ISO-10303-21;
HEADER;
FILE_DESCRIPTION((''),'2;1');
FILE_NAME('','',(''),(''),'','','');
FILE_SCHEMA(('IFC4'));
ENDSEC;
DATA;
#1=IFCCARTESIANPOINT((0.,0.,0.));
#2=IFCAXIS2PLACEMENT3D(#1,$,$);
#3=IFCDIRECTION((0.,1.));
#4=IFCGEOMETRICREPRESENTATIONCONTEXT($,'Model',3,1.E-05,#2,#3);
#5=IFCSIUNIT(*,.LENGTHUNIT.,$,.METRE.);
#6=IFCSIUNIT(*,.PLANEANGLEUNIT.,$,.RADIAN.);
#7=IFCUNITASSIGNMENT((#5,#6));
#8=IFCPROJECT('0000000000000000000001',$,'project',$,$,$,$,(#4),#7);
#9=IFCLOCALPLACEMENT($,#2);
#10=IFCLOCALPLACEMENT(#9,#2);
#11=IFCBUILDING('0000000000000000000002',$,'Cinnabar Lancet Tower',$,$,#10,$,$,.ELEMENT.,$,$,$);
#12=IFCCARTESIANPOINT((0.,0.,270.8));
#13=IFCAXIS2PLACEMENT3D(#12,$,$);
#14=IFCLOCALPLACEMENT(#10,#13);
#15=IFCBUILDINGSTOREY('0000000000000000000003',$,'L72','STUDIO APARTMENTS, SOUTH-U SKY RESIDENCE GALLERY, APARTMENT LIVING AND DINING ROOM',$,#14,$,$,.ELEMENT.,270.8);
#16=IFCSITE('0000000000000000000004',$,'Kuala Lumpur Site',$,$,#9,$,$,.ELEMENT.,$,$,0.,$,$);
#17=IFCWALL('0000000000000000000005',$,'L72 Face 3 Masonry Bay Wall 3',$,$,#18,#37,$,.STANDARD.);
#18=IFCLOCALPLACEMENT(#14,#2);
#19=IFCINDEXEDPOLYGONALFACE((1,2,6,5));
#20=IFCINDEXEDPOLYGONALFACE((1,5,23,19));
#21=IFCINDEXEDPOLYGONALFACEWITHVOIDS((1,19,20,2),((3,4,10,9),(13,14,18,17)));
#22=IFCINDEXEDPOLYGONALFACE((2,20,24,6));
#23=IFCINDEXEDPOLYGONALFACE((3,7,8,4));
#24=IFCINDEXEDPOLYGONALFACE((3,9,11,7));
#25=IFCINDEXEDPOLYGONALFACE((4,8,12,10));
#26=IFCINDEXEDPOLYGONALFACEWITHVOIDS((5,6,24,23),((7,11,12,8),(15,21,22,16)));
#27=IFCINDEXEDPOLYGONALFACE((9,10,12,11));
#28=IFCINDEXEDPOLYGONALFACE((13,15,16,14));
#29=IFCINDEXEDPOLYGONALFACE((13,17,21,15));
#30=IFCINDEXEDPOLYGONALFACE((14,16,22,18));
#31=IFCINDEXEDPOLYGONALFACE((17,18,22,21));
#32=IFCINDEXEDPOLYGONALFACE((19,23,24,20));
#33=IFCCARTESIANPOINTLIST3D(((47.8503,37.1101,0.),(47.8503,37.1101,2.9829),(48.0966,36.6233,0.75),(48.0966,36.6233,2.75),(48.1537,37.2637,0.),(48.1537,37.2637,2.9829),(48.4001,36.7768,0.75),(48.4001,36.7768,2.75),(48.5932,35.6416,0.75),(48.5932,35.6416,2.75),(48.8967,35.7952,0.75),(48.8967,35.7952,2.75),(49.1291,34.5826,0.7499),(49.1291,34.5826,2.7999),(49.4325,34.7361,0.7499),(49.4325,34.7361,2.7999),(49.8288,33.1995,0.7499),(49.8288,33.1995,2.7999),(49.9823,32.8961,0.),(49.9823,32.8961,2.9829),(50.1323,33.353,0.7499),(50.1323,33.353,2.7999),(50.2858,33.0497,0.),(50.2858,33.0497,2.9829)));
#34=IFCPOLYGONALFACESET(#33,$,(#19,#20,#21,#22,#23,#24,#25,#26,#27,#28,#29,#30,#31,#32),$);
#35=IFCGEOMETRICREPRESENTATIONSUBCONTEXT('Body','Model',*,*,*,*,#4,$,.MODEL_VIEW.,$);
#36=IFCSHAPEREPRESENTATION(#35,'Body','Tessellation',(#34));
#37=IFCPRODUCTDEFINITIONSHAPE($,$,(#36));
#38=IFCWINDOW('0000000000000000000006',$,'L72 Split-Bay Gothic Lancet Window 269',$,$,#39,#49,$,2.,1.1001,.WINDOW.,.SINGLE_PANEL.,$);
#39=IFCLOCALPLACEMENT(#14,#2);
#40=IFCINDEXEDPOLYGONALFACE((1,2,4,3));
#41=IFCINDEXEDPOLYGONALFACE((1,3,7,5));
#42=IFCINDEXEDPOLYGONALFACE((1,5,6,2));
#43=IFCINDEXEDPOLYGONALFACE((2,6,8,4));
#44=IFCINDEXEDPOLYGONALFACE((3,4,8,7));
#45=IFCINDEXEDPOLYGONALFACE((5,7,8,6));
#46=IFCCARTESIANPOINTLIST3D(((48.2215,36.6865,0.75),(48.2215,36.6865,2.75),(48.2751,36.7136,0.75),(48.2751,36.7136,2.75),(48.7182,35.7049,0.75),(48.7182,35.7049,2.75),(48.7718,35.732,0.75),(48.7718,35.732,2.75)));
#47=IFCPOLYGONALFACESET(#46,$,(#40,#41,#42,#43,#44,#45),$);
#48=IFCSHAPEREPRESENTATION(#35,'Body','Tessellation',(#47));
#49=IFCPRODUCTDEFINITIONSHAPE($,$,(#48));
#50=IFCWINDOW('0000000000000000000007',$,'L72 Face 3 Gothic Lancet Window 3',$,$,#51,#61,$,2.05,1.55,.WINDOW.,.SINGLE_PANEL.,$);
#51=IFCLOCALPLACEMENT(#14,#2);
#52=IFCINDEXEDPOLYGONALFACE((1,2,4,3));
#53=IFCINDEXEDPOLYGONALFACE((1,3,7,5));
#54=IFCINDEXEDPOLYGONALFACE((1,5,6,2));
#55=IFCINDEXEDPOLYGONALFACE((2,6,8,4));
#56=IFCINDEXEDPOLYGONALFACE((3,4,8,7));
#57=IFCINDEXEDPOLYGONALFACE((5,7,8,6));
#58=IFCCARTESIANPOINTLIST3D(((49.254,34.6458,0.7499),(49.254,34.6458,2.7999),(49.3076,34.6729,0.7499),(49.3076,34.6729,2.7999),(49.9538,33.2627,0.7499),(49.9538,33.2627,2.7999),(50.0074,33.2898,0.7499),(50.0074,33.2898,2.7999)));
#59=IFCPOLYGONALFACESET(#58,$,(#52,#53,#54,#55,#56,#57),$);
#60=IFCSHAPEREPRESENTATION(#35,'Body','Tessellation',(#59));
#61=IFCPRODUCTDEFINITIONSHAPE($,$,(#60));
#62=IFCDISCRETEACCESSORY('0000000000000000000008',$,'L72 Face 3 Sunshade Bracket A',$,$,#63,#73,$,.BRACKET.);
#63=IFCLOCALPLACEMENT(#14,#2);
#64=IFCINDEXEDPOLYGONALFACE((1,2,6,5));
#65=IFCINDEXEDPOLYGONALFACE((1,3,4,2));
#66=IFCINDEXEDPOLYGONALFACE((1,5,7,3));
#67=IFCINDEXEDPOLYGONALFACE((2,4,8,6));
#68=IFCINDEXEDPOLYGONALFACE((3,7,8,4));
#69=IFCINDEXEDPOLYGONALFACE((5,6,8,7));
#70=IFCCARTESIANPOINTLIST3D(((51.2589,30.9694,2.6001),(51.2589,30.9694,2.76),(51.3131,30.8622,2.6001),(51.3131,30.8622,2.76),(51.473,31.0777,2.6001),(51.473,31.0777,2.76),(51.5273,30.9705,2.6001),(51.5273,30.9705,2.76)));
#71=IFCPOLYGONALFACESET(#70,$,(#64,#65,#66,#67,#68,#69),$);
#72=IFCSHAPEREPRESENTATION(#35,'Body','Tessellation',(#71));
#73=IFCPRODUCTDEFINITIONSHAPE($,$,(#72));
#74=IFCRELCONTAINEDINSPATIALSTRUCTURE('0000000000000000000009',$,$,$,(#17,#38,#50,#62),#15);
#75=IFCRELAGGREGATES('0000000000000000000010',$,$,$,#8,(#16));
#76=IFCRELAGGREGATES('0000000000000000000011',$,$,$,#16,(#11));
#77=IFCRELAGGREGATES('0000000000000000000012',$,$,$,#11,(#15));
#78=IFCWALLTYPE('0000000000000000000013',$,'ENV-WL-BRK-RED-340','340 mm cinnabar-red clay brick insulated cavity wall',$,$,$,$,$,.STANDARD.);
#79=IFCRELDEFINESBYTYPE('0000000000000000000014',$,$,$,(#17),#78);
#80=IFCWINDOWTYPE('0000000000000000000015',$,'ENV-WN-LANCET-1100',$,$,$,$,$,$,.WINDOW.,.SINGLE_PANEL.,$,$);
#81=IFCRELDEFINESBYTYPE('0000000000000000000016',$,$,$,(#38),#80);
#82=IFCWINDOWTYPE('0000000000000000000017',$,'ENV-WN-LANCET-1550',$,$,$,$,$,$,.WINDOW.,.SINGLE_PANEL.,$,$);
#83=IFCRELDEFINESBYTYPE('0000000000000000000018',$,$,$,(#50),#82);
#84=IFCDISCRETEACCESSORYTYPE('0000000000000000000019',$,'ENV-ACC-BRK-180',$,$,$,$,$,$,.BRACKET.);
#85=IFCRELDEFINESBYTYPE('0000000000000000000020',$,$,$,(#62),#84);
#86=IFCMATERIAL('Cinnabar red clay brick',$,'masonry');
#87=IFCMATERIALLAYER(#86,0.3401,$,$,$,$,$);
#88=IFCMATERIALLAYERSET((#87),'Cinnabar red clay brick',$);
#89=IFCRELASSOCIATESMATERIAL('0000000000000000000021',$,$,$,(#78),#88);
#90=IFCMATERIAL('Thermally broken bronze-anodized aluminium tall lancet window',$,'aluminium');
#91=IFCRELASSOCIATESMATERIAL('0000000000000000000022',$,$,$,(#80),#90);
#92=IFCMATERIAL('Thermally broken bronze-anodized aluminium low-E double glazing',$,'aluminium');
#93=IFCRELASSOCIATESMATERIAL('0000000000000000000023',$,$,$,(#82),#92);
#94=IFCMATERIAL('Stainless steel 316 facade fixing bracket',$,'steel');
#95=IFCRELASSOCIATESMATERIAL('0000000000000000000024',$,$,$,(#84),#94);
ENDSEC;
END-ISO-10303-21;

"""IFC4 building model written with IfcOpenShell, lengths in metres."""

from ifc_helpers import new_model, si_unit, direction, frame, frame_2d, origin, origin_2d, place, context, subcontext, project, spatial, rectangle, extrude, material, layer, layer_set, type_object, element, fill, save


model = new_model("IFC4")

# Units and contexts
model_context = context("Model", 3, precision=1e-05, world=origin(), true_north=direction((0.0, 1.0)))
body_context = subcontext(model_context, "Body", "Model", "MODEL_VIEW")
ifc_project = project(units=[si_unit("LENGTHUNIT", "METRE"), si_unit("PLANEANGLEUNIT", "RADIAN")], contexts=[model_context])

# Site, building, storey
site_placement = place(None, origin())
site = spatial("IfcSite", under=ifc_project, at=site_placement, Name="Kuala Lumpur Site", CompositionType="ELEMENT", RefElevation=0.0)
building_placement = place(site_placement, origin())
building = spatial("IfcBuilding", under=site, at=building_placement, Name="Cinnabar Lancet Tower", CompositionType="ELEMENT")
storey_placement = place(building_placement, frame((0.0, 0.0, 270.8)))
storey = spatial("IfcBuildingStorey", under=building, at=storey_placement, Name="L72", Description="STUDIO APARTMENTS, SOUTH-U SKY RESIDENCE GALLERY, APARTMENT LIVING AND DINING ROOM", CompositionType="ELEMENT", Elevation=270.8)

# Shared definitions
ifc_material_1 = material(Name="Cinnabar red clay brick", Category="masonry")
ifc_layer_1 = layer(ifc_material_1, 0.3401)
ifc_layer_set_1 = layer_set([ifc_layer_1], Name="Cinnabar red clay brick")
wall_type_1 = type_object("IfcWallType", Name="ENV-WL-BRK-RED-340", Description="340 mm cinnabar-red clay brick insulated cavity wall", PredefinedType="STANDARD", material=ifc_layer_set_1)

# Shared definitions
ifc_material_2 = material(Name="Thermally broken bronze-anodized aluminium tall lancet window", Category="aluminium")
window_type_1 = type_object("IfcWindowType", Name="ENV-WN-LANCET-1100", PartitioningType="SINGLE_PANEL", PredefinedType="WINDOW", material=ifc_material_2)

# Wall, openings, windows
wall_1_placement = place(storey_placement, frame((50.134, 32.9729, 0.0), z_axis=(0.0, 0.0, 1.0), x_axis=(-0.451448, 0.892298, 0.0)))
wall_1 = element("IfcWall", 1, at=wall_1_placement, inside=storey, type_object=wall_type_1, Name="L72 Face 3 Masonry Bay Wall 3", PredefinedType="STANDARD", context=body_context, shape_type="SweptSolid", body=[
    extrude(rectangle(XDim=4.7227, YDim=0.3401, at=frame_2d((2.3613, 0.0))), origin(), (0.0, 0.0, 1.0), 2.9829),
])
opening_1_placement = place(wall_1_placement, frame((0.3401, 0.0, 0.75)))
opening_1 = element("IfcOpeningElement", 2, at=opening_1_placement, cuts=wall_1, PredefinedType="OPENING", context=body_context, shape_type="SweptSolid", body=[
    extrude(rectangle(XDim=1.55, YDim=2.05, at=frame_2d((0.7749, 1.0249))), frame((0.0, 0.1799, 0.0), z_axis=(0.0, -1.0, 0.0), x_axis=(1.0, 0.0, 0.0)), (0.0, 0.0, 1.0), 0.3601),
])
opening_2_placement = place(wall_1_placement, frame((3.0769, 0.0, 0.75)))
opening_2 = element("IfcOpeningElement", 3, at=opening_2_placement, cuts=wall_1, PredefinedType="OPENING", context=body_context, shape_type="SweptSolid", body=[
    extrude(rectangle(XDim=1.1001, YDim=2.0, at=frame_2d((0.55, 1.0))), frame((0.0, 0.1799, 0.0), z_axis=(0.0, -1.0, 0.0), x_axis=(1.0, 0.0, 0.0)), (0.0, 0.0, 1.0), 0.3601),
])
window_1_placement = place(opening_2_placement, origin())
window_1 = element("IfcWindow", 4, at=window_1_placement, inside=storey, type_object=window_type_1, Name="L72 Split-Bay Gothic Lancet Window 269", OverallHeight=2.0, OverallWidth=1.1001, PartitioningType="SINGLE_PANEL", PredefinedType="WINDOW", context=body_context, shape_type="SweptSolid", body=[
    extrude(rectangle(XDim=1.1001, YDim=2.0, at=frame_2d((0.55, 1.0))), frame((0.0, 0.03, 0.0), z_axis=(0.0, -1.0, 0.0), x_axis=(1.0, 0.0, 0.0)), (0.0, 0.0, 1.0), 0.0601),
])
fill(opening_2, window_1)
ifc_material_3 = material(Name="Thermally broken bronze-anodized aluminium low-E double glazing", Category="aluminium")
window_type_2 = type_object("IfcWindowType", Name="ENV-WN-LANCET-1550", PartitioningType="SINGLE_PANEL", PredefinedType="WINDOW", material=ifc_material_3)
window_2_placement = place(opening_1_placement, origin())
window_2 = element("IfcWindow", 5, at=window_2_placement, inside=storey, type_object=window_type_2, Name="L72 Face 3 Gothic Lancet Window 3", OverallHeight=2.05, OverallWidth=1.55, PartitioningType="SINGLE_PANEL", PredefinedType="WINDOW", context=body_context, shape_type="SweptSolid", body=[
    extrude(rectangle(XDim=1.55, YDim=2.05, at=frame_2d((0.7749, 1.0249))), frame((0.0, 0.03, 0.0), z_axis=(0.0, -1.0, 0.0), x_axis=(1.0, 0.0, 0.0)), (0.0, 0.0, 1.0), 0.0601),
])
fill(opening_1, window_2)

# Discrete accessory
ifc_material_4 = material(Name="Stainless steel 316 facade fixing bracket", Category="steel")
discrete_accessory_type = type_object("IfcDiscreteAccessoryType", Name="ENV-ACC-BRK-180", PredefinedType="BRACKET", material=ifc_material_4)
discrete_accessory_placement = place(storey_placement, frame((51.3931, 30.97, 2.6001), z_axis=(0.0, 0.0, 1.0), x_axis=(-0.451376, 0.892334, 0.0)))
element("IfcDiscreteAccessory", 6, at=discrete_accessory_placement, inside=storey, type_object=discrete_accessory_type, Name="L72 Face 3 Sunshade Bracket A", PredefinedType="BRACKET", context=body_context, shape_type="SweptSolid", body=[
    extrude(rectangle(XDim=0.1201, YDim=0.24, at=origin_2d()), origin(), (0.0, 0.0, 1.0), 0.1599),
])

save(model, "model.ifc")
